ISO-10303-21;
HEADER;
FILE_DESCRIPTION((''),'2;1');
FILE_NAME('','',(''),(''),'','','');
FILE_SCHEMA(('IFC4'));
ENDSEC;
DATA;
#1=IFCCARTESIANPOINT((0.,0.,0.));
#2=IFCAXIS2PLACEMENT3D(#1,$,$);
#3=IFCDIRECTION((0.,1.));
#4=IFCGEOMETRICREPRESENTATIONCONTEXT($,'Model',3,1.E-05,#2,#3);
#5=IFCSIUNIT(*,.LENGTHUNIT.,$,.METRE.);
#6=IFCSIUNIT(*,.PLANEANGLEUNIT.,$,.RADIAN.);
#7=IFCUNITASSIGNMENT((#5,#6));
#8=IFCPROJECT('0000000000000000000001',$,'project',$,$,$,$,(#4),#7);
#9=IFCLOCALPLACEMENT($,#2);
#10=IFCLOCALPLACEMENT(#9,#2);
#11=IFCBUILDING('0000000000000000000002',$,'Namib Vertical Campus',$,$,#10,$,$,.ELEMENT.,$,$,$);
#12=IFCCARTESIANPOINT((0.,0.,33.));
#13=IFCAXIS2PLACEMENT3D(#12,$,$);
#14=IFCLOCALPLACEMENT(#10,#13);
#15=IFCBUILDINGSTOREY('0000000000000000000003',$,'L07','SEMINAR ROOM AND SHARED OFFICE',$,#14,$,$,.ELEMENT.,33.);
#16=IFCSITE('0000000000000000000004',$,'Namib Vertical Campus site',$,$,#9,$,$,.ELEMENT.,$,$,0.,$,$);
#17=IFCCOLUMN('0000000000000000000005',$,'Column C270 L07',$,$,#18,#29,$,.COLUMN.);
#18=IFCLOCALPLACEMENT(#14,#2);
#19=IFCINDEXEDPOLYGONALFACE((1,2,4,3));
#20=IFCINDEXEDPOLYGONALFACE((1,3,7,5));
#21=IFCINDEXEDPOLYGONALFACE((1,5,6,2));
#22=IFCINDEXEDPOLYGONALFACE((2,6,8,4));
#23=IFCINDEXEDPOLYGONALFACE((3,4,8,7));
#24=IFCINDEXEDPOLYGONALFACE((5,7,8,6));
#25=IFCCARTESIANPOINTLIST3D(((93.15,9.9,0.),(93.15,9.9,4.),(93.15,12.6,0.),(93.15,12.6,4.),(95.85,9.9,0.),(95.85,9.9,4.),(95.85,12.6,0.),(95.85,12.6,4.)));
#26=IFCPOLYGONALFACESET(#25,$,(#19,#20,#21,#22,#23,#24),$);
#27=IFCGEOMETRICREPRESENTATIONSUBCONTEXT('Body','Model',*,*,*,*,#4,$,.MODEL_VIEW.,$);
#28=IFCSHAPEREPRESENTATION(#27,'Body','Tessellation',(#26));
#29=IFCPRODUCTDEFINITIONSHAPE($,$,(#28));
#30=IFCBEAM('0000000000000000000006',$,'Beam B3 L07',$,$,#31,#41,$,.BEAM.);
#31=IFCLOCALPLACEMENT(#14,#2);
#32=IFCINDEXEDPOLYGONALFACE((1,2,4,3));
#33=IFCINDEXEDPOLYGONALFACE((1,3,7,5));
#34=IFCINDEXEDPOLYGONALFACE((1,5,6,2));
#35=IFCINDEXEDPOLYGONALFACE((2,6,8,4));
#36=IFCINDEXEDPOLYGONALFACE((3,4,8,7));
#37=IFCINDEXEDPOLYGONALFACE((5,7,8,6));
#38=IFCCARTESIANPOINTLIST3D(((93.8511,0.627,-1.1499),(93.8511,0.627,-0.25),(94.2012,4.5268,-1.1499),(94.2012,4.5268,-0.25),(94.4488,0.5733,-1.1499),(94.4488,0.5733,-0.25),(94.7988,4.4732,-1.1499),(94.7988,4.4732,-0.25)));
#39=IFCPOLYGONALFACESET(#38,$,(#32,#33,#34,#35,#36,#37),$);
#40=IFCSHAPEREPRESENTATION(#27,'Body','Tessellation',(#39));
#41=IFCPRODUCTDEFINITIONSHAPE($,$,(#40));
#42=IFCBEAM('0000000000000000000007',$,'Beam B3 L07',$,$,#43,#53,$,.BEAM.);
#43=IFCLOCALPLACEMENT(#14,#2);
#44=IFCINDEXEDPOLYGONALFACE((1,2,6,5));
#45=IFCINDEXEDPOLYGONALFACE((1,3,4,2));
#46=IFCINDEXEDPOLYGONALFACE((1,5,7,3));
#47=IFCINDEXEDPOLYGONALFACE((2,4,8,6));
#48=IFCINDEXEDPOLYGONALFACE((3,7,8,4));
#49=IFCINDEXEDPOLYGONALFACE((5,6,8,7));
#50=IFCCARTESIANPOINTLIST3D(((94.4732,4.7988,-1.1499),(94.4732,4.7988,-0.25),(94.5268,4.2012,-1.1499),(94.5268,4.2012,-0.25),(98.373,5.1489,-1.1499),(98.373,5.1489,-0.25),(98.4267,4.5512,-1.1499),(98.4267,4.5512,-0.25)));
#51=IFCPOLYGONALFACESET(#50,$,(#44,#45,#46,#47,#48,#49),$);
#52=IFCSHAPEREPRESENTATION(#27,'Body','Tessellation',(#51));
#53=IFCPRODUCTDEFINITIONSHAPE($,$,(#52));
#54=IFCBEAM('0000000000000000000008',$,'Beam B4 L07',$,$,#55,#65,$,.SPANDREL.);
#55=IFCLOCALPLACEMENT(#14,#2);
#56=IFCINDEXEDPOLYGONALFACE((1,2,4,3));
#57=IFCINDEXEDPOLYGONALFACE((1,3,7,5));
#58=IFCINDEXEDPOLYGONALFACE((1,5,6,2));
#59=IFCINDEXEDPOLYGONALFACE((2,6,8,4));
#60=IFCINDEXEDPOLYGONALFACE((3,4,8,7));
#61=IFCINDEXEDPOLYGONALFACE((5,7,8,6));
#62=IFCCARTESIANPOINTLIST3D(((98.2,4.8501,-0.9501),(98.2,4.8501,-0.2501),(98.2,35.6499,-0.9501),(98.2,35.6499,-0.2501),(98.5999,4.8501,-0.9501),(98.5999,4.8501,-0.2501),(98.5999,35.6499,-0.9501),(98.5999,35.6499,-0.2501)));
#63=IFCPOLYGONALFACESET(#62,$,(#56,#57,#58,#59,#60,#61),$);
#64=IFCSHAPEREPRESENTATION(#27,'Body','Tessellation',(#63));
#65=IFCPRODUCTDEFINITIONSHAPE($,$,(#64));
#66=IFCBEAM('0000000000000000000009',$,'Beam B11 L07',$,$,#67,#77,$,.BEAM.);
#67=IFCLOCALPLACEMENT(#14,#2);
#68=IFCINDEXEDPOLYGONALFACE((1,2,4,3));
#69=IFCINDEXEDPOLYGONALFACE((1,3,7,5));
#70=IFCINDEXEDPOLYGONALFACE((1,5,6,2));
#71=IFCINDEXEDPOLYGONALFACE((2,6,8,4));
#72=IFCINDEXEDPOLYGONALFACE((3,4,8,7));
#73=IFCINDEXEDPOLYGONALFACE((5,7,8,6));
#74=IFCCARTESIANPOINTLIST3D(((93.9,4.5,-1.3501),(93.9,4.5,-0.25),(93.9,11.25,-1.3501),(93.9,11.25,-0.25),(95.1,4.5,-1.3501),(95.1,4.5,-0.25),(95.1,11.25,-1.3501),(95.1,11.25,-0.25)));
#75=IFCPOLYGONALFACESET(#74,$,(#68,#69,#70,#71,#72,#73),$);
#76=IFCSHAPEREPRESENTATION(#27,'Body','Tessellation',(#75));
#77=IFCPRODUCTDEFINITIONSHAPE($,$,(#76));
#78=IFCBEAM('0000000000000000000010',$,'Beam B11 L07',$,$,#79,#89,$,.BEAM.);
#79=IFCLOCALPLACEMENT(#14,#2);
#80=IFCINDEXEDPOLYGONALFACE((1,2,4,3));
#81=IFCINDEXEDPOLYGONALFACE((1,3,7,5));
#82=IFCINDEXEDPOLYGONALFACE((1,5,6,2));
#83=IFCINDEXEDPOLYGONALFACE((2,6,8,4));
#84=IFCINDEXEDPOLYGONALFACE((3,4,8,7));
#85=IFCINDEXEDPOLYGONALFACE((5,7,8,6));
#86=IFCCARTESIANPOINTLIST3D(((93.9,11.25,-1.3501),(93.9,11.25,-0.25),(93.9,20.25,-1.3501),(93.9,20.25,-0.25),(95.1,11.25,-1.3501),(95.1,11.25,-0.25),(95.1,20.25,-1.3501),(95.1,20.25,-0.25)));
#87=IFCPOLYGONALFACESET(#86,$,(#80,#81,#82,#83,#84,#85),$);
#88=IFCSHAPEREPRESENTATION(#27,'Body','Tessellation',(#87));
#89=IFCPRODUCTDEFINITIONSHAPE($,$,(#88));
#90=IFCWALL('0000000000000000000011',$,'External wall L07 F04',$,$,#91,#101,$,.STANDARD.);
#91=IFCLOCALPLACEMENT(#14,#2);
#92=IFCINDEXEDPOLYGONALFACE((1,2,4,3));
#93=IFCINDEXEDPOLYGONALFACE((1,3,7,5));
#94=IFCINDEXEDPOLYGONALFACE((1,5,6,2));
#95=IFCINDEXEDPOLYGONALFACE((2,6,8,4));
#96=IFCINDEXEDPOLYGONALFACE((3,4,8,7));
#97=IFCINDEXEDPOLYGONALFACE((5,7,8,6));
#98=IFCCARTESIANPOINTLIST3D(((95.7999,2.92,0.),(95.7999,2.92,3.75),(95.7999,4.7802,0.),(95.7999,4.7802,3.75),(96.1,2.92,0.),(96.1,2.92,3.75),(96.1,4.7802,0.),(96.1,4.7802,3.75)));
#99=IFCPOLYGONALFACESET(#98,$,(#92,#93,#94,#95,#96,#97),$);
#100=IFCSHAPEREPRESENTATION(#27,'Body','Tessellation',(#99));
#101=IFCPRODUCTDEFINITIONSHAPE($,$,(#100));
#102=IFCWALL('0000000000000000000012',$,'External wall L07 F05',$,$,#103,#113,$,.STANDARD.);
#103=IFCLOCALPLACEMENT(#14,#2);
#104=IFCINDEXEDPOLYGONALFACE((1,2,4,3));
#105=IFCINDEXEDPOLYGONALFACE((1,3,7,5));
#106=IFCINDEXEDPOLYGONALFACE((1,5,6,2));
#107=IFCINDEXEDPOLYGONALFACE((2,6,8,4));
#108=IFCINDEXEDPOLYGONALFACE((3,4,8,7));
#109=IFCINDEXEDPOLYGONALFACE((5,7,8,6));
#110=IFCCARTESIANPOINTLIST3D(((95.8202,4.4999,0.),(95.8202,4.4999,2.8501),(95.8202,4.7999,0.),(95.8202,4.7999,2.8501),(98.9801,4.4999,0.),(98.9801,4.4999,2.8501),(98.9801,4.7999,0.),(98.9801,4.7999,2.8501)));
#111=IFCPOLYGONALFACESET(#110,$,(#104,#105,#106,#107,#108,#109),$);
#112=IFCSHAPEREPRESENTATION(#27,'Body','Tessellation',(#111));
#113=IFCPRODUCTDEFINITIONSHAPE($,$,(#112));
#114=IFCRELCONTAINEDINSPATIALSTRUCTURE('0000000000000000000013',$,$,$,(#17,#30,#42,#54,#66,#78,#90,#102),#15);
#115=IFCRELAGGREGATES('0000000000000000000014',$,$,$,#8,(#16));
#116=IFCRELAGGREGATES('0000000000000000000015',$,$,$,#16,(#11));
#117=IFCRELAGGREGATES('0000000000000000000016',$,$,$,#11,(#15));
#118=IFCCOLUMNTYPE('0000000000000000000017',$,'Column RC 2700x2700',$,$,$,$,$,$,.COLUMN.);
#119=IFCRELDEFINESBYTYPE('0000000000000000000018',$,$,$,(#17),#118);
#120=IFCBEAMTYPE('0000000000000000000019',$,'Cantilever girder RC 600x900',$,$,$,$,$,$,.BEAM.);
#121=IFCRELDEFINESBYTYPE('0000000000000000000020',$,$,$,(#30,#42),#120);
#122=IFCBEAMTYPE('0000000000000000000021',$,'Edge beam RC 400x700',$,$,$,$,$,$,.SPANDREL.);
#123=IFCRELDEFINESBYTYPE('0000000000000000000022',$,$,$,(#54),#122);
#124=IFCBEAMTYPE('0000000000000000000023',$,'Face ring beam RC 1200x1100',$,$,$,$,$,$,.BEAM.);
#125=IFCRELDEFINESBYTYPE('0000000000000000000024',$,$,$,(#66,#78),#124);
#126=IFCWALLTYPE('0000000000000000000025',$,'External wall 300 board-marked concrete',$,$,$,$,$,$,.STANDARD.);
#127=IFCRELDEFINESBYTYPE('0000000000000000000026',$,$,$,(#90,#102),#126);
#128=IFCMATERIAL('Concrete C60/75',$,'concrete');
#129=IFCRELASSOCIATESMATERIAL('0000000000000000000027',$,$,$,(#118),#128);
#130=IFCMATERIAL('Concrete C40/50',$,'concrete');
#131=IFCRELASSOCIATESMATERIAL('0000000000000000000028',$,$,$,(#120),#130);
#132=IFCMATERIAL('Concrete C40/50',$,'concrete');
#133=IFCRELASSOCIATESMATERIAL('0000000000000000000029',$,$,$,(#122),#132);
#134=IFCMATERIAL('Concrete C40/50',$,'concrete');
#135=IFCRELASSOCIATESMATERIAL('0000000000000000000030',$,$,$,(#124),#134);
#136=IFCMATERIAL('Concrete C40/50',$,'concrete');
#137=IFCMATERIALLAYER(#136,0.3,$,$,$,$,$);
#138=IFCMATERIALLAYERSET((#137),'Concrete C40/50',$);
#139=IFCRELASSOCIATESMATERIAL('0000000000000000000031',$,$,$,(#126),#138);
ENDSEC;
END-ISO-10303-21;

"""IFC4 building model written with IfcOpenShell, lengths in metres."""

from ifc_helpers import new_model, si_unit, direction, frame, frame_2d, origin, origin_2d, place, context, subcontext, project, spatial, rectangle, extrude, material, layer, layer_set, material_profile, profile_set, type_object, element, save


model = new_model("IFC4")

# Units and contexts
model_context = context("Model", 3, precision=1e-05, world=origin(), true_north=direction((0.0, 1.0)))
body_context = subcontext(model_context, "Body", "Model", "MODEL_VIEW")
ifc_project = project(units=[si_unit("LENGTHUNIT", "METRE"), si_unit("PLANEANGLEUNIT", "RADIAN")], contexts=[model_context])

# Site, building, storey
site_placement = place(None, origin())
site = spatial("IfcSite", under=ifc_project, at=site_placement, Name="Namib Vertical Campus site", CompositionType="ELEMENT", RefElevation=0.0)
building_placement = place(site_placement, origin())
building = spatial("IfcBuilding", under=site, at=building_placement, Name="Namib Vertical Campus", CompositionType="ELEMENT")
storey_placement = place(building_placement, frame((0.0, 0.0, 33.0)))
storey = spatial("IfcBuildingStorey", under=building, at=storey_placement, Name="L07", Description="SEMINAR ROOM AND SHARED OFFICE", CompositionType="ELEMENT", Elevation=33.0)

# Column
ifc_material_1 = material(Name="Concrete C60/75", Category="concrete")
ifc_material_profile_1 = material_profile(ifc_material_1, rectangle(XDim=2.7, YDim=2.7, at=origin_2d()))
ifc_profile_set_1 = profile_set([ifc_material_profile_1], Name="Concrete C60/75")
column_type = type_object("IfcColumnType", Name="Column RC 2700x2700", PredefinedType="COLUMN", material=ifc_profile_set_1)
column_placement = place(storey_placement, frame((94.5, 11.25, 0.0), z_axis=(0.0, 0.0, 1.0), x_axis=(1.0, 0.0, 0.0)))
element("IfcColumn", 1, at=column_placement, inside=storey, type_object=column_type, Name="Column C270 L07", PredefinedType="COLUMN", context=body_context, shape_type="SweptSolid", body=[
    extrude(rectangle(XDim=2.7, YDim=2.7, at=origin_2d()), origin(), (0.0, 0.0, 1.0), 4.0),
])

# Beams
ifc_material_2 = material(Name="Concrete C40/50", Category="concrete")
ifc_material_profile_2 = material_profile(ifc_material_2, rectangle(XDim=0.6001, YDim=0.8999, at=origin_2d()))
ifc_profile_set_2 = profile_set([ifc_material_profile_2], Name="Concrete C40/50")
beam_type_1 = type_object("IfcBeamType", Name="Cantilever girder RC 600x900", PredefinedType="BEAM", material=ifc_profile_set_2)
for number, where, z_axis, x_axis, name in (
    (2, (94.5, 4.5, -0.7), (-0.089411, -0.995995, 0.0), (0.995995, -0.089411, 0.0), "Beam B3 L07"),
    (3, (94.5, 4.5, -0.7), (0.995995, 0.089411, 0.0), (-0.089411, 0.995995, 0.0), "Beam B3 L07"),
):
    element("IfcBeam", number, at=place(storey_placement, frame(where, z_axis=z_axis, x_axis=x_axis)), inside=storey, type_object=beam_type_1, Name=name, PredefinedType="BEAM", context=body_context, shape_type="SweptSolid", body=[
        extrude(rectangle(XDim=0.6001, YDim=0.8999, at=origin_2d()), origin(), (0.0, 0.0, 1.0), 3.9155),
    ])
ifc_material_3 = material(Name="Concrete C40/50", Category="concrete")
ifc_material_profile_3 = material_profile(ifc_material_3, rectangle(XDim=0.3999, YDim=0.7, at=origin_2d()))
ifc_profile_set_3 = profile_set([ifc_material_profile_3], Name="Concrete C40/50")
beam_type_2 = type_object("IfcBeamType", Name="Edge beam RC 400x700", PredefinedType="SPANDREL", material=ifc_profile_set_3)
beam_1_placement = place(storey_placement, frame((98.3999, 4.8501, -0.6001), z_axis=(0.0, 1.0, 0.0), x_axis=(-1.0, 0.0, 0.0)))
element("IfcBeam", 4, at=beam_1_placement, inside=storey, type_object=beam_type_2, Name="Beam B4 L07", PredefinedType="SPANDREL", context=body_context, shape_type="SweptSolid", body=[
    extrude(rectangle(XDim=0.3999, YDim=0.7, at=origin_2d()), origin(), (0.0, 0.0, 1.0), 30.7998),
])
ifc_material_4 = material(Name="Concrete C40/50", Category="concrete")
ifc_material_profile_4 = material_profile(ifc_material_4, rectangle(XDim=1.2, YDim=1.1001, at=origin_2d()))
ifc_profile_set_4 = profile_set([ifc_material_profile_4], Name="Concrete C40/50")
beam_type_3 = type_object("IfcBeamType", Name="Face ring beam RC 1200x1100", PredefinedType="BEAM", material=ifc_profile_set_4)
beam_2_placement = place(storey_placement, frame((94.5, 4.5, -0.8), z_axis=(0.0, 1.0, 0.0), x_axis=(-1.0, 0.0, 0.0)))
element("IfcBeam", 5, at=beam_2_placement, inside=storey, type_object=beam_type_3, Name="Beam B11 L07", PredefinedType="BEAM", context=body_context, shape_type="SweptSolid", body=[
    extrude(rectangle(XDim=1.2, YDim=1.1001, at=origin_2d()), origin(), (0.0, 0.0, 1.0), 6.75),
])
beam_3_placement = place(storey_placement, frame((94.5, 11.25, -0.8), z_axis=(0.0, 1.0, 0.0), x_axis=(-1.0, 0.0, 0.0)))
element("IfcBeam", 6, at=beam_3_placement, inside=storey, type_object=beam_type_3, Name="Beam B11 L07", PredefinedType="BEAM", context=body_context, shape_type="SweptSolid", body=[
    extrude(rectangle(XDim=1.2, YDim=1.1001, at=origin_2d()), origin(), (0.0, 0.0, 1.0), 9.0),
])

# Walls
ifc_material_5 = material(Name="Concrete C40/50", Category="concrete")
ifc_layer_1 = layer(ifc_material_5, 0.3)
ifc_layer_set_1 = layer_set([ifc_layer_1], Name="Concrete C40/50")
wall_type = type_object("IfcWallType", Name="External wall 300 board-marked concrete", PredefinedType="STANDARD", material=ifc_layer_set_1)
wall_1_placement = place(storey_placement, frame((95.95, 2.9199, 0.0), z_axis=(0.0, 0.0, 1.0), x_axis=(0.0, 1.0, 0.0)))
element("IfcWall", 7, at=wall_1_placement, inside=storey, type_object=wall_type, Name="External wall L07 F04", PredefinedType="STANDARD", context=body_context, shape_type="SweptSolid", body=[
    extrude(rectangle(XDim=1.8601, YDim=0.3, at=frame_2d((0.9302, 0.0))), origin(), (0.0, 0.0, 1.0), 3.75),
])
wall_2_placement = place(storey_placement, frame((95.8201, 4.6499, 0.0), z_axis=(0.0, 0.0, 1.0), x_axis=(1.0, 0.0, 0.0)))
element("IfcWall", 8, at=wall_2_placement, inside=storey, type_object=wall_type, Name="External wall L07 F05", PredefinedType="STANDARD", context=body_context, shape_type="SweptSolid", body=[
    extrude(rectangle(XDim=3.1599, YDim=0.3, at=frame_2d((1.5801, 0.0))), origin(), (0.0, 0.0, 1.0), 2.8501),
])

save(model, "model.ifc")
